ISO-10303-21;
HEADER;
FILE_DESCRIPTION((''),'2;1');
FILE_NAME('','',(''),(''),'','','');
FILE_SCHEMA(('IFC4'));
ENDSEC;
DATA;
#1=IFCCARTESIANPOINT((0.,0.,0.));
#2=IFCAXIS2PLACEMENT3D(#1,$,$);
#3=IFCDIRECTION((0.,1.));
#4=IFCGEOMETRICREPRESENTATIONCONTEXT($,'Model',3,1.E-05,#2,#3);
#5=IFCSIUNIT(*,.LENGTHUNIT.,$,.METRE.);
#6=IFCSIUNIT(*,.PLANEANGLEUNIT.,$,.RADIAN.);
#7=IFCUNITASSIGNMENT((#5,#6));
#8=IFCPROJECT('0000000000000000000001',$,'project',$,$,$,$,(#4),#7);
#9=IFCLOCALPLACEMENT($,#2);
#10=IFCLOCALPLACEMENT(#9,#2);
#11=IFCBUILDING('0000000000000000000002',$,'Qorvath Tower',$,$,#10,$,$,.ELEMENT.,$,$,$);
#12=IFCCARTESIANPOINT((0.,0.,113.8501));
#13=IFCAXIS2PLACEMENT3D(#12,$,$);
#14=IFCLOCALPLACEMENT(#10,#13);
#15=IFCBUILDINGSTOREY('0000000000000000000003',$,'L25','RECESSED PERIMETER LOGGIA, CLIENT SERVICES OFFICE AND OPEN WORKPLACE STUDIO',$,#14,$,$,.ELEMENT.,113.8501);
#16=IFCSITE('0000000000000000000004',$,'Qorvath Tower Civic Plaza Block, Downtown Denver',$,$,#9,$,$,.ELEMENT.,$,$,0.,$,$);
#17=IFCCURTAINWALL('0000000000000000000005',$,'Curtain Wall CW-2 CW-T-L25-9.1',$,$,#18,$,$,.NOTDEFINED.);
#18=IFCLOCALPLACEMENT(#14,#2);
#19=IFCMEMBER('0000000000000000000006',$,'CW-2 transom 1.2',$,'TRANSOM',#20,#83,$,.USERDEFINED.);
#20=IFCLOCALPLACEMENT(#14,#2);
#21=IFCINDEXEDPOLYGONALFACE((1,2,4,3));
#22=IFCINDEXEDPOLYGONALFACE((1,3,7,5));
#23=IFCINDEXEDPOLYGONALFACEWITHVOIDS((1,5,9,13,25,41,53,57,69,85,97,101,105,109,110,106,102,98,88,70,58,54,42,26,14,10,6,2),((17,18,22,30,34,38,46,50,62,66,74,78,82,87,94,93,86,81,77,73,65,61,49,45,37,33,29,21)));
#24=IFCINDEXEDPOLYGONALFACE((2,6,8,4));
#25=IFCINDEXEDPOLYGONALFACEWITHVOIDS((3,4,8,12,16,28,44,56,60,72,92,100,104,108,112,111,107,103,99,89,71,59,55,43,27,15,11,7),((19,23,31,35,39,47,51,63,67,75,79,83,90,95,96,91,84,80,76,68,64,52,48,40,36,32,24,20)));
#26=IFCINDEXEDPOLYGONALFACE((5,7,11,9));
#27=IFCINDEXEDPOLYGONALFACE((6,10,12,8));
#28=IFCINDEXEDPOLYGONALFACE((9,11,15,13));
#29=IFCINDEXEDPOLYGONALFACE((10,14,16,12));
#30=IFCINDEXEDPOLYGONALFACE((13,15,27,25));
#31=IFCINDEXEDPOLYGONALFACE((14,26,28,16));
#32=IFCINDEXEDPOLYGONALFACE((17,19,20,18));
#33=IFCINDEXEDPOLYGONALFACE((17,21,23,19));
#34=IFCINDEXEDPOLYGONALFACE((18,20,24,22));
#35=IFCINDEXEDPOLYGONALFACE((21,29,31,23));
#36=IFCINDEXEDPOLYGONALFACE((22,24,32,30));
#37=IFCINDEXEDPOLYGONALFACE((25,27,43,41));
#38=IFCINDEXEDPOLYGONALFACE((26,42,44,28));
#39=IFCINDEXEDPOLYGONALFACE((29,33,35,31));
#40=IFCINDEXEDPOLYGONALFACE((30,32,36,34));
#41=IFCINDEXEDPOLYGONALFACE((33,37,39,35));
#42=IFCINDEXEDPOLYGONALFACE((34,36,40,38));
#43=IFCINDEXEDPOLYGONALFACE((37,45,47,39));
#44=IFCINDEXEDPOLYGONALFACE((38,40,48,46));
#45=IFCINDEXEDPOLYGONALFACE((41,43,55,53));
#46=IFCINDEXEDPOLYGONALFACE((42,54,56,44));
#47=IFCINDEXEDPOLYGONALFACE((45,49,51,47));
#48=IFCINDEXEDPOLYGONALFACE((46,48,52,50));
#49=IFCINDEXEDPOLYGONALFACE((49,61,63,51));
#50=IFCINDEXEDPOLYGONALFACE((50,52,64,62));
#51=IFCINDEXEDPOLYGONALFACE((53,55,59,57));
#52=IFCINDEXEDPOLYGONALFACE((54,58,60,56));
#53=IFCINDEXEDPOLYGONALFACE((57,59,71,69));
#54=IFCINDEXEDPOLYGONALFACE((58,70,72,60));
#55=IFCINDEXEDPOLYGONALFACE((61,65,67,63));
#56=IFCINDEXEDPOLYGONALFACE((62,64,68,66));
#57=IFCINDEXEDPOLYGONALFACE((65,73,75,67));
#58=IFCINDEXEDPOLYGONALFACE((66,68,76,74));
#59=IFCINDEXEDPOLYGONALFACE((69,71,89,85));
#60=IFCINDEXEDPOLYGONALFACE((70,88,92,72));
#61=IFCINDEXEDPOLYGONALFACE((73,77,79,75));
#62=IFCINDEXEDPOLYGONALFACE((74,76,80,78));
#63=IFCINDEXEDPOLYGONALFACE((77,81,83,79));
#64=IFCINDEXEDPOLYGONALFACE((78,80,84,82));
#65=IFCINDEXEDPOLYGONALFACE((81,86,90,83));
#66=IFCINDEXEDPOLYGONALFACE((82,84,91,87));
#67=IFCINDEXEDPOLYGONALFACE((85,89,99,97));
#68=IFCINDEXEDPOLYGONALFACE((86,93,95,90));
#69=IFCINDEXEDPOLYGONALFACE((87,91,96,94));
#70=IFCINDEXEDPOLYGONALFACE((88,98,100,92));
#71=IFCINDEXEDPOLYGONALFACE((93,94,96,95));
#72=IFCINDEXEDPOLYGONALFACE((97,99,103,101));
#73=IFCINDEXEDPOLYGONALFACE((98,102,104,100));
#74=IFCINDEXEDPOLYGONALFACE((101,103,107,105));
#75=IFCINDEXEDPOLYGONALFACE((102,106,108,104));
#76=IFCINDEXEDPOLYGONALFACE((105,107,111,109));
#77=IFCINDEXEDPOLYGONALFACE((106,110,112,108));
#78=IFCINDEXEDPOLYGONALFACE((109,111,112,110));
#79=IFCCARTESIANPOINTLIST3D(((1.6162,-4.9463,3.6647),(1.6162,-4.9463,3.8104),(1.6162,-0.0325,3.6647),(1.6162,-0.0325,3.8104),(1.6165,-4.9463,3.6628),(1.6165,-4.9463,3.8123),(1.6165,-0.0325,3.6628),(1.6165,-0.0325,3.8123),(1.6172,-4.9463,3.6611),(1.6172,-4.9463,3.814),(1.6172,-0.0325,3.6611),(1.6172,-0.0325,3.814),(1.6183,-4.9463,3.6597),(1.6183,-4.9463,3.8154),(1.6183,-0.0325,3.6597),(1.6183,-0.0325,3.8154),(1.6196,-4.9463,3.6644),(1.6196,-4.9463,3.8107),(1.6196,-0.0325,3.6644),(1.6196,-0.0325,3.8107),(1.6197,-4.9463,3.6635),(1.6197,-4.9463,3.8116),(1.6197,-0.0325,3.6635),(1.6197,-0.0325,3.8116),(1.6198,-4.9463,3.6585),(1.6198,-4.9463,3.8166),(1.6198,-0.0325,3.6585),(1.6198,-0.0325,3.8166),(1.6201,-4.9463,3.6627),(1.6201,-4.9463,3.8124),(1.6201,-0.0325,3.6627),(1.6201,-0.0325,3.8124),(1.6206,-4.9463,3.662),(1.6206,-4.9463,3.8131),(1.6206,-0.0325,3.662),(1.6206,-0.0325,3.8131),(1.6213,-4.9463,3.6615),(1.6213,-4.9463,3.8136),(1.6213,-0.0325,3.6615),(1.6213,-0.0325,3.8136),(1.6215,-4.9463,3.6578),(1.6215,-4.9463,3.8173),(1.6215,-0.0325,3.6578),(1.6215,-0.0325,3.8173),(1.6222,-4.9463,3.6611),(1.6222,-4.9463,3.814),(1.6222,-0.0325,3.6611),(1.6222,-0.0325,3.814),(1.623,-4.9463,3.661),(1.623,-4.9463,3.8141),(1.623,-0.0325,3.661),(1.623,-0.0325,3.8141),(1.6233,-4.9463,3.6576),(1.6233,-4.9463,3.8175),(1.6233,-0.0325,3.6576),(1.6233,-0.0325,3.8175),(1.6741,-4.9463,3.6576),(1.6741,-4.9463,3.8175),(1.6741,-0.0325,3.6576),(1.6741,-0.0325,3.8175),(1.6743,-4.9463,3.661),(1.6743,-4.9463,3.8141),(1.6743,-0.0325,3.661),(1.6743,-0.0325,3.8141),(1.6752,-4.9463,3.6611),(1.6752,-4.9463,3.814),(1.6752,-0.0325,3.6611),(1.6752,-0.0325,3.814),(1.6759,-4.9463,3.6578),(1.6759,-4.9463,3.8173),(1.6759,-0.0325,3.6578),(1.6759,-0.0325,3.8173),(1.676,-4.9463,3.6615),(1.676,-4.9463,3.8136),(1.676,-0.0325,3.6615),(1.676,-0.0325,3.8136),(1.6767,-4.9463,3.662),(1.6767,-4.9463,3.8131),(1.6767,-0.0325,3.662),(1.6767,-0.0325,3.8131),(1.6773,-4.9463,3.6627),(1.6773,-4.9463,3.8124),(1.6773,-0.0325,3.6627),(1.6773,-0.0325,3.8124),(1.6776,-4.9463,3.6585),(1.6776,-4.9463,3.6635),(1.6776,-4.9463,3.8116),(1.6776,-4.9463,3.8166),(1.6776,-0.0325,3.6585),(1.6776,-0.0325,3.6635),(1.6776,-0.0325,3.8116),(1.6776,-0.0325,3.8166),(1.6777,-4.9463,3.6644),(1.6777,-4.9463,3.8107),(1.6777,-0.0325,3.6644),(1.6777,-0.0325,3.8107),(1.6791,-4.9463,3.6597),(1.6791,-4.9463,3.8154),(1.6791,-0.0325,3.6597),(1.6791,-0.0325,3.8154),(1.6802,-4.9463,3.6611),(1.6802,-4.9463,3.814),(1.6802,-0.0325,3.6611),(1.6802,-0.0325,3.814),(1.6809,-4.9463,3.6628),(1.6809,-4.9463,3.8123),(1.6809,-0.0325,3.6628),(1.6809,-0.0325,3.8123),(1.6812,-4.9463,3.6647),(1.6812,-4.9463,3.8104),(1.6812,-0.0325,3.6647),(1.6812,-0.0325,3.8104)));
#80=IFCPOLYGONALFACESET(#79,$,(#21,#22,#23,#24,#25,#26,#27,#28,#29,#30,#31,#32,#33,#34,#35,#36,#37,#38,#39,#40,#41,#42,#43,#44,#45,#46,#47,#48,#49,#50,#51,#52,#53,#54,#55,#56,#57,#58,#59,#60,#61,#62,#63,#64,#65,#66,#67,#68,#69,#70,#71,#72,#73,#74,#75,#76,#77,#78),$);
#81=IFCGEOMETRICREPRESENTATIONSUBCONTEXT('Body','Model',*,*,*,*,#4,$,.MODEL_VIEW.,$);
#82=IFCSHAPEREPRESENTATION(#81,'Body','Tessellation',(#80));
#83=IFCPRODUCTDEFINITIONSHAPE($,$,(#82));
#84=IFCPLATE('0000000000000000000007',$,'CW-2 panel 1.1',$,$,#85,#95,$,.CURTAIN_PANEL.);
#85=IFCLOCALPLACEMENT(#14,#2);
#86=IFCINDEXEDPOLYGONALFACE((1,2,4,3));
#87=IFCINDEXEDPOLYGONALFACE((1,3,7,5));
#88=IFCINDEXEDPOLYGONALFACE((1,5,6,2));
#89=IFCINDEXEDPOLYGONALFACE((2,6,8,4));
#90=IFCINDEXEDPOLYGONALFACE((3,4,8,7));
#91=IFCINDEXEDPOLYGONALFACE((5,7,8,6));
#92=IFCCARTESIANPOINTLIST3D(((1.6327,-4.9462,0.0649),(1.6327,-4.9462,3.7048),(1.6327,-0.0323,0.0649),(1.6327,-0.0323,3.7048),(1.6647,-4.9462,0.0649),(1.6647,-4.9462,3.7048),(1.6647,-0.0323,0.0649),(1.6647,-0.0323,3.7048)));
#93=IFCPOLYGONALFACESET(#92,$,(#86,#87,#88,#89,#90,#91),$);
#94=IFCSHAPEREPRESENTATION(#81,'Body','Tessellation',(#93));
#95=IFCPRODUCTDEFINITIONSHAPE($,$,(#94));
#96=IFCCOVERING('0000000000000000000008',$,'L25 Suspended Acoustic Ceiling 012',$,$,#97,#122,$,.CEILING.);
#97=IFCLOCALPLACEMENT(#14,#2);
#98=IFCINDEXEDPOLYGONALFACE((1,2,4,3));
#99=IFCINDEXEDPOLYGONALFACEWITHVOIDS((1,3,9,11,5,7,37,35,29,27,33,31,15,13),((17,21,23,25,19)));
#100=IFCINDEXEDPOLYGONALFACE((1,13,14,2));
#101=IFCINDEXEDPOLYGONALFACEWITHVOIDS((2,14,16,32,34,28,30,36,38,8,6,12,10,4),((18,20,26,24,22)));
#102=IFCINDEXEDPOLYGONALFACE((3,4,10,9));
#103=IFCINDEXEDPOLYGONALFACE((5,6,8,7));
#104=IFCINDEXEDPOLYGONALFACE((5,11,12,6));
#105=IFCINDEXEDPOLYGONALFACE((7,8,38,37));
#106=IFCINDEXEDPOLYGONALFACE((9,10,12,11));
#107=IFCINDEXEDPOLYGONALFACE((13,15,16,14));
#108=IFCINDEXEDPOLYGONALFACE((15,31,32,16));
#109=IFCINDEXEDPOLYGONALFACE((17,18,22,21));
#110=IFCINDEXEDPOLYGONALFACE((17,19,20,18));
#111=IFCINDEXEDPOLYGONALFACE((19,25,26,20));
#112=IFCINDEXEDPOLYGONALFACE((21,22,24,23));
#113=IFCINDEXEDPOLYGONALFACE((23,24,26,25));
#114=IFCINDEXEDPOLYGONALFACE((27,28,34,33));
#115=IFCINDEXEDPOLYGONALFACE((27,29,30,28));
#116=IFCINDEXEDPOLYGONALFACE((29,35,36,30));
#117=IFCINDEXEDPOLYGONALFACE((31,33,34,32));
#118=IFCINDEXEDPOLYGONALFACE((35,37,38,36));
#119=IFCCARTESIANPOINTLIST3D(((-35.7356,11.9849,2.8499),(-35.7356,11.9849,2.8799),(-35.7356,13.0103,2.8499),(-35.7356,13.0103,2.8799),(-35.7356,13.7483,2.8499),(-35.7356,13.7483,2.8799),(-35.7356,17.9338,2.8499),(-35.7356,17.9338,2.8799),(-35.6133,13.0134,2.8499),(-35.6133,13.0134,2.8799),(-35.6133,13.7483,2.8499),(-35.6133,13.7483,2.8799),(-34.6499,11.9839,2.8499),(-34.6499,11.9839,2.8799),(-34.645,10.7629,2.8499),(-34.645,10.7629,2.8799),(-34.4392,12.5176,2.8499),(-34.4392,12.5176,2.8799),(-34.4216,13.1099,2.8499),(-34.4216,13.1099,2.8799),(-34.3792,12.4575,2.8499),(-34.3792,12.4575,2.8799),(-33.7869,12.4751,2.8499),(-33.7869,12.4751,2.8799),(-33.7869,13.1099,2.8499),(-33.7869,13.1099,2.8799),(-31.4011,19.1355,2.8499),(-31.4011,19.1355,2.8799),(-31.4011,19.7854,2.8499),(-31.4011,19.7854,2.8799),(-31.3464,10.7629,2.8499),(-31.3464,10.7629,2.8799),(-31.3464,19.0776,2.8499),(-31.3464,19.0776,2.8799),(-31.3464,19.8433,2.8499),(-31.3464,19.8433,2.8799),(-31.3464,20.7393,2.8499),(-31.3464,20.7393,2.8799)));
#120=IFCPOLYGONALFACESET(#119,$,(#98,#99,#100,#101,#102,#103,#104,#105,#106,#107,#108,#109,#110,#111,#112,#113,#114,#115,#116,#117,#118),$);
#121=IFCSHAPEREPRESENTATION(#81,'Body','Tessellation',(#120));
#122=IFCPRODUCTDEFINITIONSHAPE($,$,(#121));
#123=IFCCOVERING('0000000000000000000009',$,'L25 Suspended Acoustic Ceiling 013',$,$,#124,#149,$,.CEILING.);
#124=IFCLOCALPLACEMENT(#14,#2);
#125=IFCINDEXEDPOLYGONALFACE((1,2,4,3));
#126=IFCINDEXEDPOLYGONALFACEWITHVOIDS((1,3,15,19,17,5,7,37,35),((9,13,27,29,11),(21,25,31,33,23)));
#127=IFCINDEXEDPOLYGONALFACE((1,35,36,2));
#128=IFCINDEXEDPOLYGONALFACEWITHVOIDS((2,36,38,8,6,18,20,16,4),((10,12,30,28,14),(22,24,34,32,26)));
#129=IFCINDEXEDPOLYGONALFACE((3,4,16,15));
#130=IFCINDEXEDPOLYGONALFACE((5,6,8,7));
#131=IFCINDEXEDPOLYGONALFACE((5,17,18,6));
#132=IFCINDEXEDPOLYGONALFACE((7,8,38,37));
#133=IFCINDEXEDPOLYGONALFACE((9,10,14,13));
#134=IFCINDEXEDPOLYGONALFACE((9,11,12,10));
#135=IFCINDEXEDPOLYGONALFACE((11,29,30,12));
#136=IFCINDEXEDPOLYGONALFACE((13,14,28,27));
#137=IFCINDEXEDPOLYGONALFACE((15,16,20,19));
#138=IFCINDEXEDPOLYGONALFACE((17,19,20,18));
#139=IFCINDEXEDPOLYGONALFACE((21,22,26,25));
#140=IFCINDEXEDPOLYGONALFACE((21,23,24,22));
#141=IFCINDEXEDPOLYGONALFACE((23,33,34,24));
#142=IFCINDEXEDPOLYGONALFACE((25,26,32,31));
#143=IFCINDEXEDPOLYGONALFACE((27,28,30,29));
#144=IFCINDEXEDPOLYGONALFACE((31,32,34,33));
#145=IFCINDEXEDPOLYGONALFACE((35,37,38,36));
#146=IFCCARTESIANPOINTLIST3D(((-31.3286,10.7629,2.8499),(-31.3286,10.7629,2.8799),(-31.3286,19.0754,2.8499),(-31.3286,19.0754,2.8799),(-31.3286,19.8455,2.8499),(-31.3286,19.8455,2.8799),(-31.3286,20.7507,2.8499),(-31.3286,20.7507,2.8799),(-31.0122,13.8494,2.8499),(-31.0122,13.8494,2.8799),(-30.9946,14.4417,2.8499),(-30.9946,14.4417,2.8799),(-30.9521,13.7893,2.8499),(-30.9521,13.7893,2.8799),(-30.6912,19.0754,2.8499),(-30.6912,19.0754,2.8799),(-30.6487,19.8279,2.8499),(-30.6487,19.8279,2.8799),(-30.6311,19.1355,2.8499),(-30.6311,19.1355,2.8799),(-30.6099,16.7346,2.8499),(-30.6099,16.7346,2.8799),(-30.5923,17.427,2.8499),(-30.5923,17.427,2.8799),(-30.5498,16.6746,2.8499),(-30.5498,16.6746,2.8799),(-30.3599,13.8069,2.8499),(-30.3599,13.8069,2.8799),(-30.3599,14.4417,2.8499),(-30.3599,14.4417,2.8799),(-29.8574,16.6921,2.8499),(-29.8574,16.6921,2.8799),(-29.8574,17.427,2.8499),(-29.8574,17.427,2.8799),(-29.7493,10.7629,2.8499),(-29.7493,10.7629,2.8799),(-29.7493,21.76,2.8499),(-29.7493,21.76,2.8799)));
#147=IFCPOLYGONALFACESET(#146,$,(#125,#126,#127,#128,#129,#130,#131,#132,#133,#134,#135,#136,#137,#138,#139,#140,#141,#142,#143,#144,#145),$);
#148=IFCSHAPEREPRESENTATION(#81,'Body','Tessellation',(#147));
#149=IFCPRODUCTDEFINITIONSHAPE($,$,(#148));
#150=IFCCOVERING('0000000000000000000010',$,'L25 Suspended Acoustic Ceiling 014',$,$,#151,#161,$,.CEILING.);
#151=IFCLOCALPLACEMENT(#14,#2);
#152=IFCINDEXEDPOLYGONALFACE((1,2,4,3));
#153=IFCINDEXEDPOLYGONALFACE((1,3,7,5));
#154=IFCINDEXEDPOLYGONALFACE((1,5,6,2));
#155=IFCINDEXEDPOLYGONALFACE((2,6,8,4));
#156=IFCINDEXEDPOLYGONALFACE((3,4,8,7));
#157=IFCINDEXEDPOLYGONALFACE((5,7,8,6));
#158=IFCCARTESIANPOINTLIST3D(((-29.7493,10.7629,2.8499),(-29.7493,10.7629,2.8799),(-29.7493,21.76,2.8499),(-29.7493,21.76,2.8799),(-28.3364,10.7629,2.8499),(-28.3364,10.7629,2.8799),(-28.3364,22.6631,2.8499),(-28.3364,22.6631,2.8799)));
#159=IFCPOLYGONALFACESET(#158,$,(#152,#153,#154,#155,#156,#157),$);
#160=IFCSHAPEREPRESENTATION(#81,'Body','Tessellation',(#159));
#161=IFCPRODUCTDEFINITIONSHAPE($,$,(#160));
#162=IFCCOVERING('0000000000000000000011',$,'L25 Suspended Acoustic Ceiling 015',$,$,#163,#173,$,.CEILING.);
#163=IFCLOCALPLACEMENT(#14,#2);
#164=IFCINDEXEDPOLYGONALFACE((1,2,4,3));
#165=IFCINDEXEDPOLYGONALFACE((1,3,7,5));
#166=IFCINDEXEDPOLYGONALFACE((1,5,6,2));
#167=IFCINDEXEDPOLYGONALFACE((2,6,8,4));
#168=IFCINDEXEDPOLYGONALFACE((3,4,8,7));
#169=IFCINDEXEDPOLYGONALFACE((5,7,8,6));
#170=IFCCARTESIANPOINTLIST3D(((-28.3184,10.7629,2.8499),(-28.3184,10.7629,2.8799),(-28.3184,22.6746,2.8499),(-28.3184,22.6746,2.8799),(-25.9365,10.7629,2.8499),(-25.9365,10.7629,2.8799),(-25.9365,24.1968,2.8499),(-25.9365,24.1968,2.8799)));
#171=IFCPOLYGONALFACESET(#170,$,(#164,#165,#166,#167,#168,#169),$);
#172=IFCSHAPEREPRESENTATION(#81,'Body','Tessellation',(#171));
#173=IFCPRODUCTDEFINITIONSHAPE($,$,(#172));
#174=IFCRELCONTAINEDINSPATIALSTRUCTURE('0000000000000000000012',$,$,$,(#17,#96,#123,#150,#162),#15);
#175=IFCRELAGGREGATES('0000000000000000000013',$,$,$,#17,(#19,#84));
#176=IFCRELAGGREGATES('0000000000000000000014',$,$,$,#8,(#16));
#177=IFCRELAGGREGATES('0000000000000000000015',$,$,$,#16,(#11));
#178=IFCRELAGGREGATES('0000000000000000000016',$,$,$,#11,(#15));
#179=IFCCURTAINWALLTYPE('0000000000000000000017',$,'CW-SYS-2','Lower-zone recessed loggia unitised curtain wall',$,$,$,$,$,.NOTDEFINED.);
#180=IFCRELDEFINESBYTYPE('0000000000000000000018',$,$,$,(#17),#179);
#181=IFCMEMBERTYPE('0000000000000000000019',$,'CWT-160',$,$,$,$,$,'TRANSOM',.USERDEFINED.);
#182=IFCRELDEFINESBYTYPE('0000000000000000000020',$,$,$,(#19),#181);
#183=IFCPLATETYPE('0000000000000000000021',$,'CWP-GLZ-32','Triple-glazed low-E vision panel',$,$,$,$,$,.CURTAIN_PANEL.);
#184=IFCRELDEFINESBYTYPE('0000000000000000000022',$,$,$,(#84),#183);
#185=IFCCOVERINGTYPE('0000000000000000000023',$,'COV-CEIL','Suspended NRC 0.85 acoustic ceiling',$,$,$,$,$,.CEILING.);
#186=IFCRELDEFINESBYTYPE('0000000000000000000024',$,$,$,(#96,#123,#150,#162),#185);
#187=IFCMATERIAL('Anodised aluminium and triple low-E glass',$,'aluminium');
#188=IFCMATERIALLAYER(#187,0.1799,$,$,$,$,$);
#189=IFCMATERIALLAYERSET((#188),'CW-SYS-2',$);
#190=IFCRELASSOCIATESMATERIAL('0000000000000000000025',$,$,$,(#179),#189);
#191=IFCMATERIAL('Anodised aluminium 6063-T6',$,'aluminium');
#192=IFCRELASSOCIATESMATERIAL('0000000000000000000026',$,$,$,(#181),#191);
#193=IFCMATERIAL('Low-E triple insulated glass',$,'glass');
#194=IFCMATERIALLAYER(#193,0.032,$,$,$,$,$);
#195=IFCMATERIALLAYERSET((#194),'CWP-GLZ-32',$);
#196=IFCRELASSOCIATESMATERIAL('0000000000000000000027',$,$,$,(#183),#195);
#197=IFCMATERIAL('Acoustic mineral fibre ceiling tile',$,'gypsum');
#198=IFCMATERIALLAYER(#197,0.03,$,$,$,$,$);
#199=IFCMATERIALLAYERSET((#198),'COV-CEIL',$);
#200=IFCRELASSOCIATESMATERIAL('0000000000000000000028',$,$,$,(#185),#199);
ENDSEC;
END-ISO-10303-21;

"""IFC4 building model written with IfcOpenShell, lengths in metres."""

from ifc_helpers import new_model, si_unit, direction, frame, origin, origin_2d, place, context, subcontext, project, spatial, polyline, rectangle, hollow_rectangle, outline, extrude, material, layer, layer_set, material_profile, profile_set, type_object, element, aggregate, save


model = new_model("IFC4")

# Units and contexts
model_context = context("Model", 3, precision=1e-05, world=origin(), true_north=direction((0.0, 1.0)))
body_context = subcontext(model_context, "Body", "Model", "MODEL_VIEW")
ifc_project = project(units=[si_unit("LENGTHUNIT", "METRE"), si_unit("PLANEANGLEUNIT", "RADIAN")], contexts=[model_context])

# Site, building, storey
site_placement = place(None, origin())
site = spatial("IfcSite", under=ifc_project, at=site_placement, Name="Qorvath Tower Civic Plaza Block, Downtown Denver", CompositionType="ELEMENT", RefElevation=0.0)
building_placement = place(site_placement, origin())
building = spatial("IfcBuilding", under=site, at=building_placement, Name="Qorvath Tower", CompositionType="ELEMENT")
storey_placement = place(building_placement, frame((0.0, 0.0, 113.8501)))
storey = spatial("IfcBuildingStorey", under=building, at=storey_placement, Name="L25", Description="RECESSED PERIMETER LOGGIA, CLIENT SERVICES OFFICE AND OPEN WORKPLACE STUDIO", CompositionType="ELEMENT", Elevation=113.8501)

# Curtain wall, member, plate
ifc_material_1 = material(Name="Anodised aluminium and triple low-E glass", Category="aluminium")
ifc_layer_1 = layer(ifc_material_1, 0.1799)
ifc_layer_set_1 = layer_set([ifc_layer_1], Name="CW-SYS-2")
curtain_wall_type = type_object("IfcCurtainWallType", Name="CW-SYS-2", Description="Lower-zone recessed loggia unitised curtain wall", PredefinedType="NOTDEFINED", material=ifc_layer_set_1)
curtain_wall_placement = place(storey_placement, origin())
curtain_wall = element("IfcCurtainWall", 1, at=curtain_wall_placement, inside=storey, type_object=curtain_wall_type, Name="Curtain Wall CW-2 CW-T-L25-9.1", PredefinedType="NOTDEFINED")
ifc_material_2 = material(Name="Anodised aluminium 6063-T6", Category="aluminium")
ifc_material_profile_1 = material_profile(ifc_material_2, hollow_rectangle(XDim=0.0649, YDim=0.1599, WallThickness=0.0034, InnerFilletRadius=0.0034, OuterFilletRadius=0.0071, at=origin_2d()), Name="CWT 160x65")
ifc_profile_set_1 = profile_set([ifc_material_profile_1], Name="Anodised aluminium 6063-T6")
member_type_1 = type_object("IfcMemberType", Name="CWT-160", ElementType="TRANSOM", PredefinedType="USERDEFINED", material=ifc_profile_set_1)
member_1_placement = place(storey_placement, frame((1.6487, -4.9463, 3.7375), z_axis=(0.0, 1.0, 0.0), x_axis=(-1.0, 0.0, 0.0)))
member_1 = element("IfcMember", 2, at=member_1_placement, type_object=member_type_1, Name="CW-2 transom 1.2", ObjectType="TRANSOM", PredefinedType="USERDEFINED", context=body_context, shape_type="SweptSolid", body=[
    extrude(hollow_rectangle(XDim=0.0649, YDim=0.1599, WallThickness=0.0034, InnerFilletRadius=0.0034, OuterFilletRadius=0.0071, at=origin_2d()), origin(), (0.0, 0.0, 1.0), 4.9138),
])
ifc_material_3 = material(Name="Low-E triple insulated glass", Category="glass")
ifc_layer_2 = layer(ifc_material_3, 0.032)
ifc_layer_set_2 = layer_set([ifc_layer_2], Name="CWP-GLZ-32")
plate_type = type_object("IfcPlateType", Name="CWP-GLZ-32", Description="Triple-glazed low-E vision panel", PredefinedType="CURTAIN_PANEL", material=ifc_layer_set_2)
plate_placement = place(storey_placement, frame((1.6487, -2.4893, 0.0649), z_axis=(0.0, 0.0, 1.0), x_axis=(0.0, 1.0, 0.0)))
plate = element("IfcPlate", 3, at=plate_placement, type_object=plate_type, Name="CW-2 panel 1.1", PredefinedType="CURTAIN_PANEL", context=body_context, shape_type="SweptSolid", body=[
    extrude(rectangle(XDim=4.9138, YDim=0.032, at=origin_2d()), origin(), (0.0, 0.0, 1.0), 3.6399),
])
aggregate(curtain_wall, [member_1, plate])

# Coverings
ifc_material_4 = material(Name="Acoustic mineral fibre ceiling tile", Category="gypsum")
ifc_layer_3 = layer(ifc_material_4, 0.03)
ifc_layer_set_3 = layer_set([ifc_layer_3], Name="COV-CEIL")
covering_type_1 = type_object("IfcCoveringType", Name="COV-CEIL", Description="Suspended NRC 0.85 acoustic ceiling", PredefinedType="CEILING", material=ifc_layer_set_3)
covering_1_placement = place(storey_placement, frame((0.0, 0.0, 2.8499)))
element("IfcCovering", 4, at=covering_1_placement, inside=storey, type_object=covering_type_1, Name="L25 Suspended Acoustic Ceiling 012", PredefinedType="CEILING", context=body_context, shape_type="SweptSolid", body=[
    extrude(outline(polyline([(-35.7356, 17.9338), (-35.7356, 13.7483), (-35.6133, 13.7483), (-35.6133, 13.0134), (-35.7356, 13.0103), (-35.7356, 11.9849), (-34.6499, 11.9839), (-34.645, 10.7629), (-31.3464, 10.7629), (-31.3464, 19.0776), (-31.4011, 19.1355), (-31.4011, 19.7854), (-31.3464, 19.8433), (-31.3464, 20.7393), (-35.7356, 17.9338)]), holes=[polyline([(-34.4392, 12.5176), (-34.4216, 13.1099), (-33.7869, 13.1099), (-33.7869, 12.4751), (-34.3792, 12.4575), (-34.4392, 12.5176)])]), origin(), (0.0, 0.0, 1.0), 0.03),
])
covering_2_placement = place(storey_placement, frame((0.0, 0.0, 2.8499)))
element("IfcCovering", 5, at=covering_2_placement, inside=storey, type_object=covering_type_1, Name="L25 Suspended Acoustic Ceiling 013", PredefinedType="CEILING", context=body_context, shape_type="SweptSolid", body=[
    extrude(outline(polyline([(-29.7493, 10.7629), (-29.7493, 21.76), (-31.3286, 20.7507), (-31.3286, 19.8455), (-30.6487, 19.8279), (-30.6311, 19.1355), (-30.6912, 19.0754), (-31.3286, 19.0754), (-31.3286, 10.7629), (-29.7493, 10.7629)]), holes=[polyline([(-30.6099, 16.7346), (-30.5923, 17.427), (-29.8574, 17.427), (-29.8574, 16.6921), (-30.5498, 16.6746), (-30.6099, 16.7346)]), polyline([(-31.0122, 13.8494), (-30.9946, 14.4417), (-30.3599, 14.4417), (-30.3599, 13.8069), (-30.9521, 13.7893), (-31.0122, 13.8494)])]), origin(), (0.0, 0.0, 1.0), 0.03),
])
covering_3_placement = place(storey_placement, frame((0.0, 0.0, 2.8499)))
element("IfcCovering", 6, at=covering_3_placement, inside=storey, type_object=covering_type_1, Name="L25 Suspended Acoustic Ceiling 014", PredefinedType="CEILING", context=body_context, shape_type="SweptSolid", body=[
    extrude(outline(polyline([(-28.3364, 22.6631), (-29.7493, 21.76), (-29.7493, 10.7629), (-28.3364, 10.7629), (-28.3364, 22.6631)])), origin(), (0.0, 0.0, 1.0), 0.03),
])
covering_4_placement = place(storey_placement, frame((0.0, 0.0, 2.8499)))
element("IfcCovering", 7, at=covering_4_placement, inside=storey, type_object=covering_type_1, Name="L25 Suspended Acoustic Ceiling 015", PredefinedType="CEILING", context=body_context, shape_type="SweptSolid", body=[
    extrude(outline(polyline([(-25.9365, 10.7629), (-25.9365, 24.1968), (-28.3184, 22.6746), (-28.3184, 10.7629), (-25.9365, 10.7629)])), origin(), (0.0, 0.0, 1.0), 0.03),
])

save(model, "model.ifc")
